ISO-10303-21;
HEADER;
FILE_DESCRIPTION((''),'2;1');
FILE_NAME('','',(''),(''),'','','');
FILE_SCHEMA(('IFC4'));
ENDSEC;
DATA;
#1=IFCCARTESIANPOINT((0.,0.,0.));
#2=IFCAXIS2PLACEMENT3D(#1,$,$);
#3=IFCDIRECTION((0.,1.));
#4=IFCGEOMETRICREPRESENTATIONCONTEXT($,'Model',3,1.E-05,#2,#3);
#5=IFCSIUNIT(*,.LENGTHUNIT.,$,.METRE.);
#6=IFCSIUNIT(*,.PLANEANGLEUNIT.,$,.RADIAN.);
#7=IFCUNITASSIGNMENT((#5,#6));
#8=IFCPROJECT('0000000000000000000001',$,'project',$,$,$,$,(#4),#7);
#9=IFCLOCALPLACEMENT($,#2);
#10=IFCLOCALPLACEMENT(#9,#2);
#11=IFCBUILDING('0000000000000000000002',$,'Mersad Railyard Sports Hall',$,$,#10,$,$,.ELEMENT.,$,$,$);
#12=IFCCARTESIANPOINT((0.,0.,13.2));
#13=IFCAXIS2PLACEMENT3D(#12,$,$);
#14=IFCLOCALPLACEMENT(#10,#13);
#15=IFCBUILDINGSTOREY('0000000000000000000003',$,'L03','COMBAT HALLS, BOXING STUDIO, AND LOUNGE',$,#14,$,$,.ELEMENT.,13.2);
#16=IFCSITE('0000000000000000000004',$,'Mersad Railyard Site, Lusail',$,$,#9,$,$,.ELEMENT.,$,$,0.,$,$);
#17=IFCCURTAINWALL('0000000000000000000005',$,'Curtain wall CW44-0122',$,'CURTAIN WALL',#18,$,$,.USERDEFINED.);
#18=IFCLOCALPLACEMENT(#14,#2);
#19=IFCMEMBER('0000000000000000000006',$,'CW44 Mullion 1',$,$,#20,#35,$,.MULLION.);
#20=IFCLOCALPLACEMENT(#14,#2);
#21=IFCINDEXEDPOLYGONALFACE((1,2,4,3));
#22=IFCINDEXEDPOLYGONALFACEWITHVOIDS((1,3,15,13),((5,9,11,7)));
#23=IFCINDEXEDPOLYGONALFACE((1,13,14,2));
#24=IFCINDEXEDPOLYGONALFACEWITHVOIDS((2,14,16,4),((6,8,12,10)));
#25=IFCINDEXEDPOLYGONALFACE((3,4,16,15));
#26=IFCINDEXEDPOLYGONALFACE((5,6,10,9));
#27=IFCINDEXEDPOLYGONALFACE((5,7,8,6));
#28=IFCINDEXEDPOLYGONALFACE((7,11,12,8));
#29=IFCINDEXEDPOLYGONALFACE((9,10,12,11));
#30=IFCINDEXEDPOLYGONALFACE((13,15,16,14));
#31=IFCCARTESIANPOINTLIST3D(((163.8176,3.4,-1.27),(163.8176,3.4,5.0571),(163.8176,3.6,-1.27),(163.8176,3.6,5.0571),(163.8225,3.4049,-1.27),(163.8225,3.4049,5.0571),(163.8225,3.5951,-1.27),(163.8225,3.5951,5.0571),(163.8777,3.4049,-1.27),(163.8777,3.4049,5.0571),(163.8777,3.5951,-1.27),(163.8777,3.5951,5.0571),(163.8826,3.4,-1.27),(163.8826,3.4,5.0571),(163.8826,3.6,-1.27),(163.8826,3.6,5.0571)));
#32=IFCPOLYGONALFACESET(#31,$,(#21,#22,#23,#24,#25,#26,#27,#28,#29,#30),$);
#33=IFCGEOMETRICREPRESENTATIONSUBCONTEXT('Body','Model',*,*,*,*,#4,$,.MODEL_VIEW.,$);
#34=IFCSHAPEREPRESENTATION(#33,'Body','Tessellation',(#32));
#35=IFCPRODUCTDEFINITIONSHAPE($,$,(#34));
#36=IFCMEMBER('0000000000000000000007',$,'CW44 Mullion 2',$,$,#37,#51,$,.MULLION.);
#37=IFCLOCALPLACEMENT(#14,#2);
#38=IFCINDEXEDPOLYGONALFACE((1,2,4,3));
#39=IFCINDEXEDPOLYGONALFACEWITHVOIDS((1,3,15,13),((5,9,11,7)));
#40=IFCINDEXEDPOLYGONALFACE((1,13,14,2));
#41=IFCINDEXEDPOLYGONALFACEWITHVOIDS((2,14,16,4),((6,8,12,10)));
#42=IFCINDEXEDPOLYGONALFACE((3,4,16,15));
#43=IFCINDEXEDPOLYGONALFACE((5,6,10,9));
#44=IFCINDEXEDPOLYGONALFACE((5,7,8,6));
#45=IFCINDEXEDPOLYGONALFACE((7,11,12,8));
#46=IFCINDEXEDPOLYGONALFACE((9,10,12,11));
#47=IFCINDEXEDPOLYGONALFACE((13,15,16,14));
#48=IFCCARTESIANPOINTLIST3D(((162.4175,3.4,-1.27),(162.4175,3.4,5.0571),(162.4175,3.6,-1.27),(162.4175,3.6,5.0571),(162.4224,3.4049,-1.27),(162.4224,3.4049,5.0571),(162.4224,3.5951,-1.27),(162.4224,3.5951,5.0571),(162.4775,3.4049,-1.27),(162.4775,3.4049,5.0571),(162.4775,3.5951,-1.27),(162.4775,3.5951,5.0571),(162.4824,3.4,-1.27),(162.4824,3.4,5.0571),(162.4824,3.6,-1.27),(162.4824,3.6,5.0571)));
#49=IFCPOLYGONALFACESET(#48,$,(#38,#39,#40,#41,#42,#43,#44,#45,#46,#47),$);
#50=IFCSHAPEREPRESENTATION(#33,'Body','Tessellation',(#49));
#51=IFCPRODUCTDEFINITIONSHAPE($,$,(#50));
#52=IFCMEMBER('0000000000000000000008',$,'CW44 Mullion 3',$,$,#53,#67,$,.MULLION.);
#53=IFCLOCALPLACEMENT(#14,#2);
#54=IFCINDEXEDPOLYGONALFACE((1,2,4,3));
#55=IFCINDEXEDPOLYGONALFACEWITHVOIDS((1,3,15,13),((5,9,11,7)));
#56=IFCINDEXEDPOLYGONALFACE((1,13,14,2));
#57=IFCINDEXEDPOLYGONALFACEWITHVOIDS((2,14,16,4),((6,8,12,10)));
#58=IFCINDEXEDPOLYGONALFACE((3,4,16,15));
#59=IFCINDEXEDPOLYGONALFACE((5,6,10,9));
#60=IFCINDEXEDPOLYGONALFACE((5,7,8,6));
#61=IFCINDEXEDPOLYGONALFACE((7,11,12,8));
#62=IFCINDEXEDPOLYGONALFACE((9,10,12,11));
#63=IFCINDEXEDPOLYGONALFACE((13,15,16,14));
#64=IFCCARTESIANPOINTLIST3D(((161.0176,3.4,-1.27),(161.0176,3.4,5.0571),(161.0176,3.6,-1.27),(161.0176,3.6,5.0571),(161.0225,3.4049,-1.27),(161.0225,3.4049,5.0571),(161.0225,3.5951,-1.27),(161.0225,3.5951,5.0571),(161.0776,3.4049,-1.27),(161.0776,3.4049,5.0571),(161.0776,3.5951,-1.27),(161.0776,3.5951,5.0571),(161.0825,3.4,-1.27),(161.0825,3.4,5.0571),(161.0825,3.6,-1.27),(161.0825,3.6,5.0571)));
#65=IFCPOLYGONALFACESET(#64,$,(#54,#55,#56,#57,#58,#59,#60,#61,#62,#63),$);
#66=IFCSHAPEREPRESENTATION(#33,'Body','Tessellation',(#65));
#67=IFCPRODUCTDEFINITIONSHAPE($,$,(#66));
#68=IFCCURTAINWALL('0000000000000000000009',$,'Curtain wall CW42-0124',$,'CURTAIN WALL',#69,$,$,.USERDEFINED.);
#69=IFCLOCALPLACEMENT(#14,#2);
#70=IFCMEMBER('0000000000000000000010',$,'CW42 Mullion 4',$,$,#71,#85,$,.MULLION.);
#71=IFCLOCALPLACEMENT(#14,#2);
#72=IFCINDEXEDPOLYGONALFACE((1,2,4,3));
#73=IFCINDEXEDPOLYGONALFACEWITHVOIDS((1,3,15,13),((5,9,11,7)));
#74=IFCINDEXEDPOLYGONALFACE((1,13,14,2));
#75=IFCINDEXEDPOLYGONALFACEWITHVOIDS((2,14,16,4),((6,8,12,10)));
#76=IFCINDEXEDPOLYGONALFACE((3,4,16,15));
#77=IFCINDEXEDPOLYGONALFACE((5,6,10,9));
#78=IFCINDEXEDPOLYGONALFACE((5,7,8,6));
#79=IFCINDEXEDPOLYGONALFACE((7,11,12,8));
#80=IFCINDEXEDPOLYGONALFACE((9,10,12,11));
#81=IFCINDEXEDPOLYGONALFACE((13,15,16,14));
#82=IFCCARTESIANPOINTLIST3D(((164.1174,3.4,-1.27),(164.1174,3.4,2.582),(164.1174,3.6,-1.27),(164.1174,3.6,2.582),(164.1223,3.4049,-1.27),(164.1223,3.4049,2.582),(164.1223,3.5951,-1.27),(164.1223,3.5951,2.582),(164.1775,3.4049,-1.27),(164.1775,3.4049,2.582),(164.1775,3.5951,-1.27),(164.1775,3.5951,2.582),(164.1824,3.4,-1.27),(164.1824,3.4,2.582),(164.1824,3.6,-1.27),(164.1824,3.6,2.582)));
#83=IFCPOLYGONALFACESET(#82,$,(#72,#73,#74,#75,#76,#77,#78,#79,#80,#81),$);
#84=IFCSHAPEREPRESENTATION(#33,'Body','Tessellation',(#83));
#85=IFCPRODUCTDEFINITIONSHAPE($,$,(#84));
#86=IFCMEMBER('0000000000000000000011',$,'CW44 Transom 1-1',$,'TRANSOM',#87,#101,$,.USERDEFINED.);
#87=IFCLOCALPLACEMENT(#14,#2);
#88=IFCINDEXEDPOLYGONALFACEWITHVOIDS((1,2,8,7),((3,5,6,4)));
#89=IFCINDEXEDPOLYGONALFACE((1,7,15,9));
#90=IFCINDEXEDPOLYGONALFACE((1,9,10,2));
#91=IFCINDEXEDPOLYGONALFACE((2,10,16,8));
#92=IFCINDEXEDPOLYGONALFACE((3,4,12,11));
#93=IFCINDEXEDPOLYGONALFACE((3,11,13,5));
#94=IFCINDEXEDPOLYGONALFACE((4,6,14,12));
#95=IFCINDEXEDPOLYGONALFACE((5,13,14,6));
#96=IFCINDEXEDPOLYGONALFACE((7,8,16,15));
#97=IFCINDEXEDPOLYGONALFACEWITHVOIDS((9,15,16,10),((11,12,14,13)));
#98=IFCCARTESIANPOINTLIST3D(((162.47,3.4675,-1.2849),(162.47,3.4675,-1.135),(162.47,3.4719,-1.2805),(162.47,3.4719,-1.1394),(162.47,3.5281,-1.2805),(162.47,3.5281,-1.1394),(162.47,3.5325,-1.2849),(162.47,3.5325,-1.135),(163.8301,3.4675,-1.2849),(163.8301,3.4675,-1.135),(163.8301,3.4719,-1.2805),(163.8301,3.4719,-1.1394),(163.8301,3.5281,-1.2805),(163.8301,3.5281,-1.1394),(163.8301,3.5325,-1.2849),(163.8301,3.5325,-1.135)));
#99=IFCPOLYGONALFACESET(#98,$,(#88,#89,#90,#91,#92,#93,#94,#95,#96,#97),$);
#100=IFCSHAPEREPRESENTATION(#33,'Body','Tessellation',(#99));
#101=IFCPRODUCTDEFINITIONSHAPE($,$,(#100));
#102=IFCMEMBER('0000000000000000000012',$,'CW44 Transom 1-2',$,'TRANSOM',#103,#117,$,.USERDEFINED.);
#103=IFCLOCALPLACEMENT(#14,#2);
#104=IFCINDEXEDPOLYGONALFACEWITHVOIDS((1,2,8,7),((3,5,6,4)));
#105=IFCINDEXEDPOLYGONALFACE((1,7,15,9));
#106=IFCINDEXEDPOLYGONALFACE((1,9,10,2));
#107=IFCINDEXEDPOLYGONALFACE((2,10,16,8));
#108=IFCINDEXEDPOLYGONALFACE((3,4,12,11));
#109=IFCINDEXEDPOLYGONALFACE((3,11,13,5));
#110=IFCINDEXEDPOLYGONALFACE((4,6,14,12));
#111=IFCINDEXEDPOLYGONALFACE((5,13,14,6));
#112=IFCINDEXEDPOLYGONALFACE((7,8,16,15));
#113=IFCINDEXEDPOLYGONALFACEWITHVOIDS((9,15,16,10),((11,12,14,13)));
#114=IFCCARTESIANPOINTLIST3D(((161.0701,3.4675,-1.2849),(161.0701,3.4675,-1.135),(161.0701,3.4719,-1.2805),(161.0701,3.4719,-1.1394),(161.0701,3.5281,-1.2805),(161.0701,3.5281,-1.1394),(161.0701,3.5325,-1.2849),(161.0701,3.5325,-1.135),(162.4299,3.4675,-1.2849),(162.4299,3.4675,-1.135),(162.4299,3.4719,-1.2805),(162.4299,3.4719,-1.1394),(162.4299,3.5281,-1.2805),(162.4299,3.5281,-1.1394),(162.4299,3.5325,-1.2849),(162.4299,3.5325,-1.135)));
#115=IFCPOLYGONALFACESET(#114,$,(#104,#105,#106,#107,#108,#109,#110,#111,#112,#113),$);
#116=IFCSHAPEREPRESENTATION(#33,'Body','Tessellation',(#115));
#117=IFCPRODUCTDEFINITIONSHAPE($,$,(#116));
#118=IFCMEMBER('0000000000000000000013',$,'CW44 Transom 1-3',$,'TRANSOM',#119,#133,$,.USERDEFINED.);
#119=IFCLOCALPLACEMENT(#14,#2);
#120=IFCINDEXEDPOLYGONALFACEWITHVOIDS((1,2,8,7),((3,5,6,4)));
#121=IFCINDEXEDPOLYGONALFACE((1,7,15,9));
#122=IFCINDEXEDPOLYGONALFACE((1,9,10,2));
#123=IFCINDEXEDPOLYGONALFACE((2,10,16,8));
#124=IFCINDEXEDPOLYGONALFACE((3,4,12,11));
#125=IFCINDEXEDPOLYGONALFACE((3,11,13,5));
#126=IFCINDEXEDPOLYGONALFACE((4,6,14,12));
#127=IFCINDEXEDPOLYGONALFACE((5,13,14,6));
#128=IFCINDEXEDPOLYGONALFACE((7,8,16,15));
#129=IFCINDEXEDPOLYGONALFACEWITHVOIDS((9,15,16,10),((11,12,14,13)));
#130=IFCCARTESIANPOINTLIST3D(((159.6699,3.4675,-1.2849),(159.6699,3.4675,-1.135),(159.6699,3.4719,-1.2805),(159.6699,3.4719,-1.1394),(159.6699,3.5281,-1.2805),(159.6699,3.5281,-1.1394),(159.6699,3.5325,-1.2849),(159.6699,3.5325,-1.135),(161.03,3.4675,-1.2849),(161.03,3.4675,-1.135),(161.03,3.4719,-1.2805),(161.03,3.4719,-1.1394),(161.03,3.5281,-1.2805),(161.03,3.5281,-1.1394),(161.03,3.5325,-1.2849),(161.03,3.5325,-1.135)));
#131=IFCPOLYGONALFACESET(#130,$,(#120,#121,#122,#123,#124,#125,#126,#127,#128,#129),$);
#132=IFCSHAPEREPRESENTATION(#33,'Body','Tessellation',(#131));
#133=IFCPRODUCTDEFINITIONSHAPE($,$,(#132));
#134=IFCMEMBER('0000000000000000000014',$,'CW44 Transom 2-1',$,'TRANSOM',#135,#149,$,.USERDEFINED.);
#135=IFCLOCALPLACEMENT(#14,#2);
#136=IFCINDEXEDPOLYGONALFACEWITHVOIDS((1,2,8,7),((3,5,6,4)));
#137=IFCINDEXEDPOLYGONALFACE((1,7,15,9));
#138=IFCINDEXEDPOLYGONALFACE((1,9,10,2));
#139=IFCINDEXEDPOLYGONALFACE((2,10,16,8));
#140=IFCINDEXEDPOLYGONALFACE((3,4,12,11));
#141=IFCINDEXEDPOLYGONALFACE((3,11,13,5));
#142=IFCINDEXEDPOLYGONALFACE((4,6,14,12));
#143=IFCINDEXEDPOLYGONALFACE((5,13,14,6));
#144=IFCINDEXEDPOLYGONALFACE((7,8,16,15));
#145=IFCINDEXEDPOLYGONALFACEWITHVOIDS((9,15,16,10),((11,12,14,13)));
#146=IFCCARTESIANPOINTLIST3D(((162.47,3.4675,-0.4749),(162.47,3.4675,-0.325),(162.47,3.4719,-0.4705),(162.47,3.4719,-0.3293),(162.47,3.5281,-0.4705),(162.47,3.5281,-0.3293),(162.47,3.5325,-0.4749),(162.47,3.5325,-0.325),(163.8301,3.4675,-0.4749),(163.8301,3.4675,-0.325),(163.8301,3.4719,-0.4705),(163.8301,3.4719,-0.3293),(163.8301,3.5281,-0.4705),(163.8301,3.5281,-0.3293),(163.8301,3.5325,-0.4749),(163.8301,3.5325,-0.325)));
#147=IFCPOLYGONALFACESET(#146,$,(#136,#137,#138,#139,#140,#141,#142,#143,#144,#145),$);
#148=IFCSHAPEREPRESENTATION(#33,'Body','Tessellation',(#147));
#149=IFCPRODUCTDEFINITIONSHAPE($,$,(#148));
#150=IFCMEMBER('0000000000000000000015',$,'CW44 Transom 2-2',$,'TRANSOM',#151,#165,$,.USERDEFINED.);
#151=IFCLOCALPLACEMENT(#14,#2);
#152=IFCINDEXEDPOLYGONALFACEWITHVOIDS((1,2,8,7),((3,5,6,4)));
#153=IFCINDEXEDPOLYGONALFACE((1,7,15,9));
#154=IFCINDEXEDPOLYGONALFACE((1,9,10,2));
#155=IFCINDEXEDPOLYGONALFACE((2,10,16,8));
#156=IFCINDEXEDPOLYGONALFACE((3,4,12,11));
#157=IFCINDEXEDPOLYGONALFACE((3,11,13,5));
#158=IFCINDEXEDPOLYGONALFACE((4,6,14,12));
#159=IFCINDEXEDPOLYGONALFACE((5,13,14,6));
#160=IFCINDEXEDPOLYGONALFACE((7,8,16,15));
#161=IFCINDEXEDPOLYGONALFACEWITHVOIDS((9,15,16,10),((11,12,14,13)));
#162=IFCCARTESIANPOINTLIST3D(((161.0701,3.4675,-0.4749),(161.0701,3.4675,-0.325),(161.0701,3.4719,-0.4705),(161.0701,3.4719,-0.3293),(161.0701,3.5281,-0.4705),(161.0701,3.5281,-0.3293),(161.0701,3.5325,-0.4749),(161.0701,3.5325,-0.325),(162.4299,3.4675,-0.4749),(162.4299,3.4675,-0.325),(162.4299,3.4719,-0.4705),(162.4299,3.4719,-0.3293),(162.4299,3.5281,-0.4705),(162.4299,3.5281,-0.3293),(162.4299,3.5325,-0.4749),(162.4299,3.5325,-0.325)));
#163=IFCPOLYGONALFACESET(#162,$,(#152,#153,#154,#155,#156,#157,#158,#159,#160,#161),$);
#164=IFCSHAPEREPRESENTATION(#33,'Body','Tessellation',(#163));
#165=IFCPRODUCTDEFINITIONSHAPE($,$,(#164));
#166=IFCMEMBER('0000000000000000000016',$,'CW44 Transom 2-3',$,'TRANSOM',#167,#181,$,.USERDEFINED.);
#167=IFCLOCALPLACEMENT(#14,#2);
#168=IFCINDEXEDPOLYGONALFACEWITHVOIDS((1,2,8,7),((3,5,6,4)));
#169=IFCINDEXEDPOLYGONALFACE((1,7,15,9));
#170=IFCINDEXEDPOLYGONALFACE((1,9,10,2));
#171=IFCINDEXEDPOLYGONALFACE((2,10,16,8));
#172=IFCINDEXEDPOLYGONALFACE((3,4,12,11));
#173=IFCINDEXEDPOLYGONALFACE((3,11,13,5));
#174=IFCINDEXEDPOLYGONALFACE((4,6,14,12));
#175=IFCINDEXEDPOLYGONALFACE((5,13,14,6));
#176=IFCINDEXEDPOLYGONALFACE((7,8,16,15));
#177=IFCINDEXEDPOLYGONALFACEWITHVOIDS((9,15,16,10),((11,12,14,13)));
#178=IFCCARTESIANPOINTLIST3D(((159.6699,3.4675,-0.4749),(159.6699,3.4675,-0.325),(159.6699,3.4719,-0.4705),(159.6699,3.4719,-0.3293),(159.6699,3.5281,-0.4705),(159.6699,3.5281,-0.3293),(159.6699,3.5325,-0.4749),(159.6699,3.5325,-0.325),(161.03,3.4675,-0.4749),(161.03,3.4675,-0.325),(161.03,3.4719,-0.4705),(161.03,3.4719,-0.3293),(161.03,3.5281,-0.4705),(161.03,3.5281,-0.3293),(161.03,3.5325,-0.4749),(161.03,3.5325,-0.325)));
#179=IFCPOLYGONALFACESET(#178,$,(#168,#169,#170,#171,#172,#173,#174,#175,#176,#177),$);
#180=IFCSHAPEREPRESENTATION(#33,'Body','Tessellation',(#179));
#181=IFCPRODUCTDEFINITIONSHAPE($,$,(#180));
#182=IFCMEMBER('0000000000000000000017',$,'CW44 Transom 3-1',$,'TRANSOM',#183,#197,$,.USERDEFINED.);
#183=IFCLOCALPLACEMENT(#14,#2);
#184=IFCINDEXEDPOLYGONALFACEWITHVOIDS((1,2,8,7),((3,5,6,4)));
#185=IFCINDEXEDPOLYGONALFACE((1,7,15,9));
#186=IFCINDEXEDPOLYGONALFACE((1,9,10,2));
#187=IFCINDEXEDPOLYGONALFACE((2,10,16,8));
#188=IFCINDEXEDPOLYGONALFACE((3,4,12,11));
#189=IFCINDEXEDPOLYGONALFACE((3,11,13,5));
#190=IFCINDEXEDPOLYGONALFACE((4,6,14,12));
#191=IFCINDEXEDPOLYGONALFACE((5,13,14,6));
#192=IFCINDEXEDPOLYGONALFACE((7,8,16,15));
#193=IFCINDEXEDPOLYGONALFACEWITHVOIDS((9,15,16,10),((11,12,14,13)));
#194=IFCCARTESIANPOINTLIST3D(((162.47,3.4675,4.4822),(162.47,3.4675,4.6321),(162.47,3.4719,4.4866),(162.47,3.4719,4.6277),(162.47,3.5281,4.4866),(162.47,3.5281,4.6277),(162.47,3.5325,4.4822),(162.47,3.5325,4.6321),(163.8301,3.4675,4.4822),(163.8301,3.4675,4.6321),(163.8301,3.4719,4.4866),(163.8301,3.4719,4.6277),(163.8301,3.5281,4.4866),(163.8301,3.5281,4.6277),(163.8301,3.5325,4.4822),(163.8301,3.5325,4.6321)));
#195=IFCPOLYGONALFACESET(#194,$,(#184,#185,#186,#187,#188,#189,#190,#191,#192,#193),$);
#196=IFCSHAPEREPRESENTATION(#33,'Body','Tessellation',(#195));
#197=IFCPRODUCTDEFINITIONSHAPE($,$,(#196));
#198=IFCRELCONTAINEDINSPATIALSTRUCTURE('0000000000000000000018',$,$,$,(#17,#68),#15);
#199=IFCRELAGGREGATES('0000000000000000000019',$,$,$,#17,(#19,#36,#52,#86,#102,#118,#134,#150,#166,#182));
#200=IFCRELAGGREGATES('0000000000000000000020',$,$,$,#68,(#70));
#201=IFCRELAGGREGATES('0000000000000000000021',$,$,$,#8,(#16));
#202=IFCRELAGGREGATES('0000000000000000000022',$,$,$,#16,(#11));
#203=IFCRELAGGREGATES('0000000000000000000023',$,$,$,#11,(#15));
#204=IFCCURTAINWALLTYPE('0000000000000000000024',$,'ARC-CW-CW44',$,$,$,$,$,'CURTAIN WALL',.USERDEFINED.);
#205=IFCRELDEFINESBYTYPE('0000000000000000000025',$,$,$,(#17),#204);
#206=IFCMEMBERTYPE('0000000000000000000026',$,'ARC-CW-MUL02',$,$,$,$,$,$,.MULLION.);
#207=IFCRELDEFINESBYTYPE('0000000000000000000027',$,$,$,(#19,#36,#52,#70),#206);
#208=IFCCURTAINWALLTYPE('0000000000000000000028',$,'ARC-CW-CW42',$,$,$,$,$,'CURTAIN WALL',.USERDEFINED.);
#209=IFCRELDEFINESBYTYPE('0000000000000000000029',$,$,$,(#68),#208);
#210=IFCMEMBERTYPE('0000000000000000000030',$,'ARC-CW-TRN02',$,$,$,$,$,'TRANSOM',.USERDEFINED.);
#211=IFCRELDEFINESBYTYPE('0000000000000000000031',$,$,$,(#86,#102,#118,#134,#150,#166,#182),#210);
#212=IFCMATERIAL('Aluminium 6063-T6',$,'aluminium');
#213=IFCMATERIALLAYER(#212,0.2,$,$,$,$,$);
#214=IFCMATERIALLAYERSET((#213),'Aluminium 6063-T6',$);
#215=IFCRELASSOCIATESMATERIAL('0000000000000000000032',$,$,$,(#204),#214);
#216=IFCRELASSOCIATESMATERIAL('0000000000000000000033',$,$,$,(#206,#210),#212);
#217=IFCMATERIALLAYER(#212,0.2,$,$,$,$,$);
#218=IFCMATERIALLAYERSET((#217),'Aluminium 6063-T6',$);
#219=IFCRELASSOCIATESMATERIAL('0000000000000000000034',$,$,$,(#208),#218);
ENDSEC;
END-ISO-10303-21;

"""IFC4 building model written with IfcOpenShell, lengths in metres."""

from ifc_helpers import new_model, si_unit, direction, frame, origin, origin_2d, place, context, subcontext, project, spatial, hollow_rectangle, extrude, material, layer, layer_set, material_profile, profile_set, type_object, element, aggregate, save


model = new_model("IFC4")

# Units and contexts
model_context = context("Model", 3, precision=1e-05, world=origin(), true_north=direction((0.0, 1.0)))
body_context = subcontext(model_context, "Body", "Model", "MODEL_VIEW")
ifc_project = project(units=[si_unit("LENGTHUNIT", "METRE"), si_unit("PLANEANGLEUNIT", "RADIAN")], contexts=[model_context])

# Site, building, storey
site_placement = place(None, origin())
site = spatial("IfcSite", under=ifc_project, at=site_placement, Name="Mersad Railyard Site, Lusail", CompositionType="ELEMENT", RefElevation=0.0)
building_placement = place(site_placement, origin())
building = spatial("IfcBuilding", under=site, at=building_placement, Name="Mersad Railyard Sports Hall", CompositionType="ELEMENT")
storey_placement = place(building_placement, frame((0.0, 0.0, 13.2)))
storey = spatial("IfcBuildingStorey", under=building, at=storey_placement, Name="L03", Description="COMBAT HALLS, BOXING STUDIO, AND LOUNGE", CompositionType="ELEMENT", Elevation=13.2)

# Curtain wall, members
ifc_material_1 = material(Name="Aluminium 6063-T6", Category="aluminium")
ifc_layer_1 = layer(ifc_material_1, 0.2)
ifc_layer_set_1 = layer_set([ifc_layer_1], Name="Aluminium 6063-T6")
curtain_wall_type_1 = type_object("IfcCurtainWallType", Name="ARC-CW-CW44", ElementType="CURTAIN WALL", PredefinedType="USERDEFINED", material=ifc_layer_set_1)
curtain_wall_1_placement = place(storey_placement, origin())
curtain_wall_1 = element("IfcCurtainWall", 1, at=curtain_wall_1_placement, inside=storey, type_object=curtain_wall_type_1, Name="Curtain wall CW44-0122", ObjectType="CURTAIN WALL", PredefinedType="USERDEFINED")
ifc_material_profile_1 = material_profile(ifc_material_1, hollow_rectangle(XDim=0.0649, YDim=0.2, WallThickness=0.0049, at=origin_2d()), Name="AL MULLION 65x200x5")
ifc_profile_set_1 = profile_set([ifc_material_profile_1], Name="Aluminium 6063-T6")
member_type_1 = type_object("IfcMemberType", Name="ARC-CW-MUL02", PredefinedType="MULLION", material=ifc_profile_set_1)
member_1_placement = place(storey_placement, frame((163.8501, 3.5, -1.27), z_axis=(0.0, 0.0, 1.0), x_axis=(1.0, 0.0, 0.0)))
member_1 = element("IfcMember", 2, at=member_1_placement, type_object=member_type_1, Name="CW44 Mullion 1", PredefinedType="MULLION", context=body_context, shape_type="SweptSolid", body=[
    extrude(hollow_rectangle(XDim=0.0649, YDim=0.2, WallThickness=0.0049, at=origin_2d()), origin(), (0.0, 0.0, 1.0), 6.3271),
])
member_2_placement = place(storey_placement, frame((162.45, 3.5, -1.27), z_axis=(0.0, 0.0, 1.0), x_axis=(1.0, 0.0, 0.0)))
member_2 = element("IfcMember", 3, at=member_2_placement, type_object=member_type_1, Name="CW44 Mullion 2", PredefinedType="MULLION", context=body_context, shape_type="SweptSolid", body=[
    extrude(hollow_rectangle(XDim=0.0649, YDim=0.2, WallThickness=0.0049, at=origin_2d()), origin(), (0.0, 0.0, 1.0), 6.3271),
])
member_3_placement = place(storey_placement, frame((161.05, 3.5, -1.27), z_axis=(0.0, 0.0, 1.0), x_axis=(1.0, 0.0, 0.0)))
member_3 = element("IfcMember", 4, at=member_3_placement, type_object=member_type_1, Name="CW44 Mullion 3", PredefinedType="MULLION", context=body_context, shape_type="SweptSolid", body=[
    extrude(hollow_rectangle(XDim=0.0649, YDim=0.2, WallThickness=0.0049, at=origin_2d()), origin(), (0.0, 0.0, 1.0), 6.3271),
])

# Curtain wall, member
ifc_layer_2 = layer(ifc_material_1, 0.2)
ifc_layer_set_2 = layer_set([ifc_layer_2], Name="Aluminium 6063-T6")
curtain_wall_type_2 = type_object("IfcCurtainWallType", Name="ARC-CW-CW42", ElementType="CURTAIN WALL", PredefinedType="USERDEFINED", material=ifc_layer_set_2)
curtain_wall_2_placement = place(storey_placement, origin())
curtain_wall_2 = element("IfcCurtainWall", 5, at=curtain_wall_2_placement, inside=storey, type_object=curtain_wall_type_2, Name="Curtain wall CW42-0124", ObjectType="CURTAIN WALL", PredefinedType="USERDEFINED")
member_4_placement = place(storey_placement, frame((164.1499, 3.5, -1.27), z_axis=(0.0, 0.0, 1.0), x_axis=(1.0, 0.0, 0.0)))
member_4 = element("IfcMember", 6, at=member_4_placement, type_object=member_type_1, Name="CW42 Mullion 4", PredefinedType="MULLION", context=body_context, shape_type="SweptSolid", body=[
    extrude(hollow_rectangle(XDim=0.0649, YDim=0.2, WallThickness=0.0049, at=origin_2d()), origin(), (0.0, 0.0, 1.0), 3.8521),
])

# Members
ifc_material_profile_2 = material_profile(ifc_material_1, hollow_rectangle(XDim=0.0649, YDim=0.1499, WallThickness=0.0044, at=origin_2d()), Name="AL TRANSOM 65x150x4.5")
ifc_profile_set_2 = profile_set([ifc_material_profile_2], Name="Aluminium 6063-T6")
member_type_2 = type_object("IfcMemberType", Name="ARC-CW-TRN02", ElementType="TRANSOM", PredefinedType="USERDEFINED", material=ifc_profile_set_2)
member_5_placement = place(storey_placement, frame((163.8301, 3.5, -1.21), z_axis=(-1.0, 0.0, 0.0), x_axis=(0.0, -1.0, 0.0)))
member_5 = element("IfcMember", 7, at=member_5_placement, type_object=member_type_2, Name="CW44 Transom 1-1", ObjectType="TRANSOM", PredefinedType="USERDEFINED", context=body_context, shape_type="SweptSolid", body=[
    extrude(hollow_rectangle(XDim=0.0649, YDim=0.1499, WallThickness=0.0044, at=origin_2d()), origin(), (0.0, 0.0, 1.0), 1.3601),
])
member_6_placement = place(storey_placement, frame((162.4299, 3.5, -1.21), z_axis=(-1.0, 0.0, 0.0), x_axis=(0.0, -1.0, 0.0)))
member_6 = element("IfcMember", 8, at=member_6_placement, type_object=member_type_2, Name="CW44 Transom 1-2", ObjectType="TRANSOM", PredefinedType="USERDEFINED", context=body_context, shape_type="SweptSolid", body=[
    extrude(hollow_rectangle(XDim=0.0649, YDim=0.1499, WallThickness=0.0044, at=origin_2d()), origin(), (0.0, 0.0, 1.0), 1.3599),
])
member_7_placement = place(storey_placement, frame((161.03, 3.5, -1.21), z_axis=(-1.0, 0.0, 0.0), x_axis=(0.0, -1.0, 0.0)))
member_7 = element("IfcMember", 9, at=member_7_placement, type_object=member_type_2, Name="CW44 Transom 1-3", ObjectType="TRANSOM", PredefinedType="USERDEFINED", context=body_context, shape_type="SweptSolid", body=[
    extrude(hollow_rectangle(XDim=0.0649, YDim=0.1499, WallThickness=0.0044, at=origin_2d()), origin(), (0.0, 0.0, 1.0), 1.3601),
])
member_8_placement = place(storey_placement, frame((163.8301, 3.5, -0.3999), z_axis=(-1.0, 0.0, 0.0), x_axis=(0.0, -1.0, 0.0)))
member_8 = element("IfcMember", 10, at=member_8_placement, type_object=member_type_2, Name="CW44 Transom 2-1", ObjectType="TRANSOM", PredefinedType="USERDEFINED", context=body_context, shape_type="SweptSolid", body=[
    extrude(hollow_rectangle(XDim=0.0649, YDim=0.1499, WallThickness=0.0044, at=origin_2d()), origin(), (0.0, 0.0, 1.0), 1.3601),
])
member_9_placement = place(storey_placement, frame((162.4299, 3.5, -0.3999), z_axis=(-1.0, 0.0, 0.0), x_axis=(0.0, -1.0, 0.0)))
member_9 = element("IfcMember", 11, at=member_9_placement, type_object=member_type_2, Name="CW44 Transom 2-2", ObjectType="TRANSOM", PredefinedType="USERDEFINED", context=body_context, shape_type="SweptSolid", body=[
    extrude(hollow_rectangle(XDim=0.0649, YDim=0.1499, WallThickness=0.0044, at=origin_2d()), origin(), (0.0, 0.0, 1.0), 1.3599),
])
member_10_placement = place(storey_placement, frame((161.03, 3.5, -0.3999), z_axis=(-1.0, 0.0, 0.0), x_axis=(0.0, -1.0, 0.0)))
member_10 = element("IfcMember", 12, at=member_10_placement, type_object=member_type_2, Name="CW44 Transom 2-3", ObjectType="TRANSOM", PredefinedType="USERDEFINED", context=body_context, shape_type="SweptSolid", body=[
    extrude(hollow_rectangle(XDim=0.0649, YDim=0.1499, WallThickness=0.0044, at=origin_2d()), origin(), (0.0, 0.0, 1.0), 1.3601),
])
member_11_placement = place(storey_placement, frame((163.8301, 3.5, 4.5571), z_axis=(-1.0, 0.0, 0.0), x_axis=(0.0, -1.0, 0.0)))
member_11 = element("IfcMember", 13, at=member_11_placement, type_object=member_type_2, Name="CW44 Transom 3-1", ObjectType="TRANSOM", PredefinedType="USERDEFINED", context=body_context, shape_type="SweptSolid", body=[
    extrude(hollow_rectangle(XDim=0.0649, YDim=0.1499, WallThickness=0.0044, at=origin_2d()), origin(), (0.0, 0.0, 1.0), 1.3601),
])

aggregate(curtain_wall_1, [member_1, member_2, member_3, member_5, member_6, member_7, member_8, member_9, member_10, member_11])
aggregate(curtain_wall_2, [member_4])

save(model, "model.ifc")
